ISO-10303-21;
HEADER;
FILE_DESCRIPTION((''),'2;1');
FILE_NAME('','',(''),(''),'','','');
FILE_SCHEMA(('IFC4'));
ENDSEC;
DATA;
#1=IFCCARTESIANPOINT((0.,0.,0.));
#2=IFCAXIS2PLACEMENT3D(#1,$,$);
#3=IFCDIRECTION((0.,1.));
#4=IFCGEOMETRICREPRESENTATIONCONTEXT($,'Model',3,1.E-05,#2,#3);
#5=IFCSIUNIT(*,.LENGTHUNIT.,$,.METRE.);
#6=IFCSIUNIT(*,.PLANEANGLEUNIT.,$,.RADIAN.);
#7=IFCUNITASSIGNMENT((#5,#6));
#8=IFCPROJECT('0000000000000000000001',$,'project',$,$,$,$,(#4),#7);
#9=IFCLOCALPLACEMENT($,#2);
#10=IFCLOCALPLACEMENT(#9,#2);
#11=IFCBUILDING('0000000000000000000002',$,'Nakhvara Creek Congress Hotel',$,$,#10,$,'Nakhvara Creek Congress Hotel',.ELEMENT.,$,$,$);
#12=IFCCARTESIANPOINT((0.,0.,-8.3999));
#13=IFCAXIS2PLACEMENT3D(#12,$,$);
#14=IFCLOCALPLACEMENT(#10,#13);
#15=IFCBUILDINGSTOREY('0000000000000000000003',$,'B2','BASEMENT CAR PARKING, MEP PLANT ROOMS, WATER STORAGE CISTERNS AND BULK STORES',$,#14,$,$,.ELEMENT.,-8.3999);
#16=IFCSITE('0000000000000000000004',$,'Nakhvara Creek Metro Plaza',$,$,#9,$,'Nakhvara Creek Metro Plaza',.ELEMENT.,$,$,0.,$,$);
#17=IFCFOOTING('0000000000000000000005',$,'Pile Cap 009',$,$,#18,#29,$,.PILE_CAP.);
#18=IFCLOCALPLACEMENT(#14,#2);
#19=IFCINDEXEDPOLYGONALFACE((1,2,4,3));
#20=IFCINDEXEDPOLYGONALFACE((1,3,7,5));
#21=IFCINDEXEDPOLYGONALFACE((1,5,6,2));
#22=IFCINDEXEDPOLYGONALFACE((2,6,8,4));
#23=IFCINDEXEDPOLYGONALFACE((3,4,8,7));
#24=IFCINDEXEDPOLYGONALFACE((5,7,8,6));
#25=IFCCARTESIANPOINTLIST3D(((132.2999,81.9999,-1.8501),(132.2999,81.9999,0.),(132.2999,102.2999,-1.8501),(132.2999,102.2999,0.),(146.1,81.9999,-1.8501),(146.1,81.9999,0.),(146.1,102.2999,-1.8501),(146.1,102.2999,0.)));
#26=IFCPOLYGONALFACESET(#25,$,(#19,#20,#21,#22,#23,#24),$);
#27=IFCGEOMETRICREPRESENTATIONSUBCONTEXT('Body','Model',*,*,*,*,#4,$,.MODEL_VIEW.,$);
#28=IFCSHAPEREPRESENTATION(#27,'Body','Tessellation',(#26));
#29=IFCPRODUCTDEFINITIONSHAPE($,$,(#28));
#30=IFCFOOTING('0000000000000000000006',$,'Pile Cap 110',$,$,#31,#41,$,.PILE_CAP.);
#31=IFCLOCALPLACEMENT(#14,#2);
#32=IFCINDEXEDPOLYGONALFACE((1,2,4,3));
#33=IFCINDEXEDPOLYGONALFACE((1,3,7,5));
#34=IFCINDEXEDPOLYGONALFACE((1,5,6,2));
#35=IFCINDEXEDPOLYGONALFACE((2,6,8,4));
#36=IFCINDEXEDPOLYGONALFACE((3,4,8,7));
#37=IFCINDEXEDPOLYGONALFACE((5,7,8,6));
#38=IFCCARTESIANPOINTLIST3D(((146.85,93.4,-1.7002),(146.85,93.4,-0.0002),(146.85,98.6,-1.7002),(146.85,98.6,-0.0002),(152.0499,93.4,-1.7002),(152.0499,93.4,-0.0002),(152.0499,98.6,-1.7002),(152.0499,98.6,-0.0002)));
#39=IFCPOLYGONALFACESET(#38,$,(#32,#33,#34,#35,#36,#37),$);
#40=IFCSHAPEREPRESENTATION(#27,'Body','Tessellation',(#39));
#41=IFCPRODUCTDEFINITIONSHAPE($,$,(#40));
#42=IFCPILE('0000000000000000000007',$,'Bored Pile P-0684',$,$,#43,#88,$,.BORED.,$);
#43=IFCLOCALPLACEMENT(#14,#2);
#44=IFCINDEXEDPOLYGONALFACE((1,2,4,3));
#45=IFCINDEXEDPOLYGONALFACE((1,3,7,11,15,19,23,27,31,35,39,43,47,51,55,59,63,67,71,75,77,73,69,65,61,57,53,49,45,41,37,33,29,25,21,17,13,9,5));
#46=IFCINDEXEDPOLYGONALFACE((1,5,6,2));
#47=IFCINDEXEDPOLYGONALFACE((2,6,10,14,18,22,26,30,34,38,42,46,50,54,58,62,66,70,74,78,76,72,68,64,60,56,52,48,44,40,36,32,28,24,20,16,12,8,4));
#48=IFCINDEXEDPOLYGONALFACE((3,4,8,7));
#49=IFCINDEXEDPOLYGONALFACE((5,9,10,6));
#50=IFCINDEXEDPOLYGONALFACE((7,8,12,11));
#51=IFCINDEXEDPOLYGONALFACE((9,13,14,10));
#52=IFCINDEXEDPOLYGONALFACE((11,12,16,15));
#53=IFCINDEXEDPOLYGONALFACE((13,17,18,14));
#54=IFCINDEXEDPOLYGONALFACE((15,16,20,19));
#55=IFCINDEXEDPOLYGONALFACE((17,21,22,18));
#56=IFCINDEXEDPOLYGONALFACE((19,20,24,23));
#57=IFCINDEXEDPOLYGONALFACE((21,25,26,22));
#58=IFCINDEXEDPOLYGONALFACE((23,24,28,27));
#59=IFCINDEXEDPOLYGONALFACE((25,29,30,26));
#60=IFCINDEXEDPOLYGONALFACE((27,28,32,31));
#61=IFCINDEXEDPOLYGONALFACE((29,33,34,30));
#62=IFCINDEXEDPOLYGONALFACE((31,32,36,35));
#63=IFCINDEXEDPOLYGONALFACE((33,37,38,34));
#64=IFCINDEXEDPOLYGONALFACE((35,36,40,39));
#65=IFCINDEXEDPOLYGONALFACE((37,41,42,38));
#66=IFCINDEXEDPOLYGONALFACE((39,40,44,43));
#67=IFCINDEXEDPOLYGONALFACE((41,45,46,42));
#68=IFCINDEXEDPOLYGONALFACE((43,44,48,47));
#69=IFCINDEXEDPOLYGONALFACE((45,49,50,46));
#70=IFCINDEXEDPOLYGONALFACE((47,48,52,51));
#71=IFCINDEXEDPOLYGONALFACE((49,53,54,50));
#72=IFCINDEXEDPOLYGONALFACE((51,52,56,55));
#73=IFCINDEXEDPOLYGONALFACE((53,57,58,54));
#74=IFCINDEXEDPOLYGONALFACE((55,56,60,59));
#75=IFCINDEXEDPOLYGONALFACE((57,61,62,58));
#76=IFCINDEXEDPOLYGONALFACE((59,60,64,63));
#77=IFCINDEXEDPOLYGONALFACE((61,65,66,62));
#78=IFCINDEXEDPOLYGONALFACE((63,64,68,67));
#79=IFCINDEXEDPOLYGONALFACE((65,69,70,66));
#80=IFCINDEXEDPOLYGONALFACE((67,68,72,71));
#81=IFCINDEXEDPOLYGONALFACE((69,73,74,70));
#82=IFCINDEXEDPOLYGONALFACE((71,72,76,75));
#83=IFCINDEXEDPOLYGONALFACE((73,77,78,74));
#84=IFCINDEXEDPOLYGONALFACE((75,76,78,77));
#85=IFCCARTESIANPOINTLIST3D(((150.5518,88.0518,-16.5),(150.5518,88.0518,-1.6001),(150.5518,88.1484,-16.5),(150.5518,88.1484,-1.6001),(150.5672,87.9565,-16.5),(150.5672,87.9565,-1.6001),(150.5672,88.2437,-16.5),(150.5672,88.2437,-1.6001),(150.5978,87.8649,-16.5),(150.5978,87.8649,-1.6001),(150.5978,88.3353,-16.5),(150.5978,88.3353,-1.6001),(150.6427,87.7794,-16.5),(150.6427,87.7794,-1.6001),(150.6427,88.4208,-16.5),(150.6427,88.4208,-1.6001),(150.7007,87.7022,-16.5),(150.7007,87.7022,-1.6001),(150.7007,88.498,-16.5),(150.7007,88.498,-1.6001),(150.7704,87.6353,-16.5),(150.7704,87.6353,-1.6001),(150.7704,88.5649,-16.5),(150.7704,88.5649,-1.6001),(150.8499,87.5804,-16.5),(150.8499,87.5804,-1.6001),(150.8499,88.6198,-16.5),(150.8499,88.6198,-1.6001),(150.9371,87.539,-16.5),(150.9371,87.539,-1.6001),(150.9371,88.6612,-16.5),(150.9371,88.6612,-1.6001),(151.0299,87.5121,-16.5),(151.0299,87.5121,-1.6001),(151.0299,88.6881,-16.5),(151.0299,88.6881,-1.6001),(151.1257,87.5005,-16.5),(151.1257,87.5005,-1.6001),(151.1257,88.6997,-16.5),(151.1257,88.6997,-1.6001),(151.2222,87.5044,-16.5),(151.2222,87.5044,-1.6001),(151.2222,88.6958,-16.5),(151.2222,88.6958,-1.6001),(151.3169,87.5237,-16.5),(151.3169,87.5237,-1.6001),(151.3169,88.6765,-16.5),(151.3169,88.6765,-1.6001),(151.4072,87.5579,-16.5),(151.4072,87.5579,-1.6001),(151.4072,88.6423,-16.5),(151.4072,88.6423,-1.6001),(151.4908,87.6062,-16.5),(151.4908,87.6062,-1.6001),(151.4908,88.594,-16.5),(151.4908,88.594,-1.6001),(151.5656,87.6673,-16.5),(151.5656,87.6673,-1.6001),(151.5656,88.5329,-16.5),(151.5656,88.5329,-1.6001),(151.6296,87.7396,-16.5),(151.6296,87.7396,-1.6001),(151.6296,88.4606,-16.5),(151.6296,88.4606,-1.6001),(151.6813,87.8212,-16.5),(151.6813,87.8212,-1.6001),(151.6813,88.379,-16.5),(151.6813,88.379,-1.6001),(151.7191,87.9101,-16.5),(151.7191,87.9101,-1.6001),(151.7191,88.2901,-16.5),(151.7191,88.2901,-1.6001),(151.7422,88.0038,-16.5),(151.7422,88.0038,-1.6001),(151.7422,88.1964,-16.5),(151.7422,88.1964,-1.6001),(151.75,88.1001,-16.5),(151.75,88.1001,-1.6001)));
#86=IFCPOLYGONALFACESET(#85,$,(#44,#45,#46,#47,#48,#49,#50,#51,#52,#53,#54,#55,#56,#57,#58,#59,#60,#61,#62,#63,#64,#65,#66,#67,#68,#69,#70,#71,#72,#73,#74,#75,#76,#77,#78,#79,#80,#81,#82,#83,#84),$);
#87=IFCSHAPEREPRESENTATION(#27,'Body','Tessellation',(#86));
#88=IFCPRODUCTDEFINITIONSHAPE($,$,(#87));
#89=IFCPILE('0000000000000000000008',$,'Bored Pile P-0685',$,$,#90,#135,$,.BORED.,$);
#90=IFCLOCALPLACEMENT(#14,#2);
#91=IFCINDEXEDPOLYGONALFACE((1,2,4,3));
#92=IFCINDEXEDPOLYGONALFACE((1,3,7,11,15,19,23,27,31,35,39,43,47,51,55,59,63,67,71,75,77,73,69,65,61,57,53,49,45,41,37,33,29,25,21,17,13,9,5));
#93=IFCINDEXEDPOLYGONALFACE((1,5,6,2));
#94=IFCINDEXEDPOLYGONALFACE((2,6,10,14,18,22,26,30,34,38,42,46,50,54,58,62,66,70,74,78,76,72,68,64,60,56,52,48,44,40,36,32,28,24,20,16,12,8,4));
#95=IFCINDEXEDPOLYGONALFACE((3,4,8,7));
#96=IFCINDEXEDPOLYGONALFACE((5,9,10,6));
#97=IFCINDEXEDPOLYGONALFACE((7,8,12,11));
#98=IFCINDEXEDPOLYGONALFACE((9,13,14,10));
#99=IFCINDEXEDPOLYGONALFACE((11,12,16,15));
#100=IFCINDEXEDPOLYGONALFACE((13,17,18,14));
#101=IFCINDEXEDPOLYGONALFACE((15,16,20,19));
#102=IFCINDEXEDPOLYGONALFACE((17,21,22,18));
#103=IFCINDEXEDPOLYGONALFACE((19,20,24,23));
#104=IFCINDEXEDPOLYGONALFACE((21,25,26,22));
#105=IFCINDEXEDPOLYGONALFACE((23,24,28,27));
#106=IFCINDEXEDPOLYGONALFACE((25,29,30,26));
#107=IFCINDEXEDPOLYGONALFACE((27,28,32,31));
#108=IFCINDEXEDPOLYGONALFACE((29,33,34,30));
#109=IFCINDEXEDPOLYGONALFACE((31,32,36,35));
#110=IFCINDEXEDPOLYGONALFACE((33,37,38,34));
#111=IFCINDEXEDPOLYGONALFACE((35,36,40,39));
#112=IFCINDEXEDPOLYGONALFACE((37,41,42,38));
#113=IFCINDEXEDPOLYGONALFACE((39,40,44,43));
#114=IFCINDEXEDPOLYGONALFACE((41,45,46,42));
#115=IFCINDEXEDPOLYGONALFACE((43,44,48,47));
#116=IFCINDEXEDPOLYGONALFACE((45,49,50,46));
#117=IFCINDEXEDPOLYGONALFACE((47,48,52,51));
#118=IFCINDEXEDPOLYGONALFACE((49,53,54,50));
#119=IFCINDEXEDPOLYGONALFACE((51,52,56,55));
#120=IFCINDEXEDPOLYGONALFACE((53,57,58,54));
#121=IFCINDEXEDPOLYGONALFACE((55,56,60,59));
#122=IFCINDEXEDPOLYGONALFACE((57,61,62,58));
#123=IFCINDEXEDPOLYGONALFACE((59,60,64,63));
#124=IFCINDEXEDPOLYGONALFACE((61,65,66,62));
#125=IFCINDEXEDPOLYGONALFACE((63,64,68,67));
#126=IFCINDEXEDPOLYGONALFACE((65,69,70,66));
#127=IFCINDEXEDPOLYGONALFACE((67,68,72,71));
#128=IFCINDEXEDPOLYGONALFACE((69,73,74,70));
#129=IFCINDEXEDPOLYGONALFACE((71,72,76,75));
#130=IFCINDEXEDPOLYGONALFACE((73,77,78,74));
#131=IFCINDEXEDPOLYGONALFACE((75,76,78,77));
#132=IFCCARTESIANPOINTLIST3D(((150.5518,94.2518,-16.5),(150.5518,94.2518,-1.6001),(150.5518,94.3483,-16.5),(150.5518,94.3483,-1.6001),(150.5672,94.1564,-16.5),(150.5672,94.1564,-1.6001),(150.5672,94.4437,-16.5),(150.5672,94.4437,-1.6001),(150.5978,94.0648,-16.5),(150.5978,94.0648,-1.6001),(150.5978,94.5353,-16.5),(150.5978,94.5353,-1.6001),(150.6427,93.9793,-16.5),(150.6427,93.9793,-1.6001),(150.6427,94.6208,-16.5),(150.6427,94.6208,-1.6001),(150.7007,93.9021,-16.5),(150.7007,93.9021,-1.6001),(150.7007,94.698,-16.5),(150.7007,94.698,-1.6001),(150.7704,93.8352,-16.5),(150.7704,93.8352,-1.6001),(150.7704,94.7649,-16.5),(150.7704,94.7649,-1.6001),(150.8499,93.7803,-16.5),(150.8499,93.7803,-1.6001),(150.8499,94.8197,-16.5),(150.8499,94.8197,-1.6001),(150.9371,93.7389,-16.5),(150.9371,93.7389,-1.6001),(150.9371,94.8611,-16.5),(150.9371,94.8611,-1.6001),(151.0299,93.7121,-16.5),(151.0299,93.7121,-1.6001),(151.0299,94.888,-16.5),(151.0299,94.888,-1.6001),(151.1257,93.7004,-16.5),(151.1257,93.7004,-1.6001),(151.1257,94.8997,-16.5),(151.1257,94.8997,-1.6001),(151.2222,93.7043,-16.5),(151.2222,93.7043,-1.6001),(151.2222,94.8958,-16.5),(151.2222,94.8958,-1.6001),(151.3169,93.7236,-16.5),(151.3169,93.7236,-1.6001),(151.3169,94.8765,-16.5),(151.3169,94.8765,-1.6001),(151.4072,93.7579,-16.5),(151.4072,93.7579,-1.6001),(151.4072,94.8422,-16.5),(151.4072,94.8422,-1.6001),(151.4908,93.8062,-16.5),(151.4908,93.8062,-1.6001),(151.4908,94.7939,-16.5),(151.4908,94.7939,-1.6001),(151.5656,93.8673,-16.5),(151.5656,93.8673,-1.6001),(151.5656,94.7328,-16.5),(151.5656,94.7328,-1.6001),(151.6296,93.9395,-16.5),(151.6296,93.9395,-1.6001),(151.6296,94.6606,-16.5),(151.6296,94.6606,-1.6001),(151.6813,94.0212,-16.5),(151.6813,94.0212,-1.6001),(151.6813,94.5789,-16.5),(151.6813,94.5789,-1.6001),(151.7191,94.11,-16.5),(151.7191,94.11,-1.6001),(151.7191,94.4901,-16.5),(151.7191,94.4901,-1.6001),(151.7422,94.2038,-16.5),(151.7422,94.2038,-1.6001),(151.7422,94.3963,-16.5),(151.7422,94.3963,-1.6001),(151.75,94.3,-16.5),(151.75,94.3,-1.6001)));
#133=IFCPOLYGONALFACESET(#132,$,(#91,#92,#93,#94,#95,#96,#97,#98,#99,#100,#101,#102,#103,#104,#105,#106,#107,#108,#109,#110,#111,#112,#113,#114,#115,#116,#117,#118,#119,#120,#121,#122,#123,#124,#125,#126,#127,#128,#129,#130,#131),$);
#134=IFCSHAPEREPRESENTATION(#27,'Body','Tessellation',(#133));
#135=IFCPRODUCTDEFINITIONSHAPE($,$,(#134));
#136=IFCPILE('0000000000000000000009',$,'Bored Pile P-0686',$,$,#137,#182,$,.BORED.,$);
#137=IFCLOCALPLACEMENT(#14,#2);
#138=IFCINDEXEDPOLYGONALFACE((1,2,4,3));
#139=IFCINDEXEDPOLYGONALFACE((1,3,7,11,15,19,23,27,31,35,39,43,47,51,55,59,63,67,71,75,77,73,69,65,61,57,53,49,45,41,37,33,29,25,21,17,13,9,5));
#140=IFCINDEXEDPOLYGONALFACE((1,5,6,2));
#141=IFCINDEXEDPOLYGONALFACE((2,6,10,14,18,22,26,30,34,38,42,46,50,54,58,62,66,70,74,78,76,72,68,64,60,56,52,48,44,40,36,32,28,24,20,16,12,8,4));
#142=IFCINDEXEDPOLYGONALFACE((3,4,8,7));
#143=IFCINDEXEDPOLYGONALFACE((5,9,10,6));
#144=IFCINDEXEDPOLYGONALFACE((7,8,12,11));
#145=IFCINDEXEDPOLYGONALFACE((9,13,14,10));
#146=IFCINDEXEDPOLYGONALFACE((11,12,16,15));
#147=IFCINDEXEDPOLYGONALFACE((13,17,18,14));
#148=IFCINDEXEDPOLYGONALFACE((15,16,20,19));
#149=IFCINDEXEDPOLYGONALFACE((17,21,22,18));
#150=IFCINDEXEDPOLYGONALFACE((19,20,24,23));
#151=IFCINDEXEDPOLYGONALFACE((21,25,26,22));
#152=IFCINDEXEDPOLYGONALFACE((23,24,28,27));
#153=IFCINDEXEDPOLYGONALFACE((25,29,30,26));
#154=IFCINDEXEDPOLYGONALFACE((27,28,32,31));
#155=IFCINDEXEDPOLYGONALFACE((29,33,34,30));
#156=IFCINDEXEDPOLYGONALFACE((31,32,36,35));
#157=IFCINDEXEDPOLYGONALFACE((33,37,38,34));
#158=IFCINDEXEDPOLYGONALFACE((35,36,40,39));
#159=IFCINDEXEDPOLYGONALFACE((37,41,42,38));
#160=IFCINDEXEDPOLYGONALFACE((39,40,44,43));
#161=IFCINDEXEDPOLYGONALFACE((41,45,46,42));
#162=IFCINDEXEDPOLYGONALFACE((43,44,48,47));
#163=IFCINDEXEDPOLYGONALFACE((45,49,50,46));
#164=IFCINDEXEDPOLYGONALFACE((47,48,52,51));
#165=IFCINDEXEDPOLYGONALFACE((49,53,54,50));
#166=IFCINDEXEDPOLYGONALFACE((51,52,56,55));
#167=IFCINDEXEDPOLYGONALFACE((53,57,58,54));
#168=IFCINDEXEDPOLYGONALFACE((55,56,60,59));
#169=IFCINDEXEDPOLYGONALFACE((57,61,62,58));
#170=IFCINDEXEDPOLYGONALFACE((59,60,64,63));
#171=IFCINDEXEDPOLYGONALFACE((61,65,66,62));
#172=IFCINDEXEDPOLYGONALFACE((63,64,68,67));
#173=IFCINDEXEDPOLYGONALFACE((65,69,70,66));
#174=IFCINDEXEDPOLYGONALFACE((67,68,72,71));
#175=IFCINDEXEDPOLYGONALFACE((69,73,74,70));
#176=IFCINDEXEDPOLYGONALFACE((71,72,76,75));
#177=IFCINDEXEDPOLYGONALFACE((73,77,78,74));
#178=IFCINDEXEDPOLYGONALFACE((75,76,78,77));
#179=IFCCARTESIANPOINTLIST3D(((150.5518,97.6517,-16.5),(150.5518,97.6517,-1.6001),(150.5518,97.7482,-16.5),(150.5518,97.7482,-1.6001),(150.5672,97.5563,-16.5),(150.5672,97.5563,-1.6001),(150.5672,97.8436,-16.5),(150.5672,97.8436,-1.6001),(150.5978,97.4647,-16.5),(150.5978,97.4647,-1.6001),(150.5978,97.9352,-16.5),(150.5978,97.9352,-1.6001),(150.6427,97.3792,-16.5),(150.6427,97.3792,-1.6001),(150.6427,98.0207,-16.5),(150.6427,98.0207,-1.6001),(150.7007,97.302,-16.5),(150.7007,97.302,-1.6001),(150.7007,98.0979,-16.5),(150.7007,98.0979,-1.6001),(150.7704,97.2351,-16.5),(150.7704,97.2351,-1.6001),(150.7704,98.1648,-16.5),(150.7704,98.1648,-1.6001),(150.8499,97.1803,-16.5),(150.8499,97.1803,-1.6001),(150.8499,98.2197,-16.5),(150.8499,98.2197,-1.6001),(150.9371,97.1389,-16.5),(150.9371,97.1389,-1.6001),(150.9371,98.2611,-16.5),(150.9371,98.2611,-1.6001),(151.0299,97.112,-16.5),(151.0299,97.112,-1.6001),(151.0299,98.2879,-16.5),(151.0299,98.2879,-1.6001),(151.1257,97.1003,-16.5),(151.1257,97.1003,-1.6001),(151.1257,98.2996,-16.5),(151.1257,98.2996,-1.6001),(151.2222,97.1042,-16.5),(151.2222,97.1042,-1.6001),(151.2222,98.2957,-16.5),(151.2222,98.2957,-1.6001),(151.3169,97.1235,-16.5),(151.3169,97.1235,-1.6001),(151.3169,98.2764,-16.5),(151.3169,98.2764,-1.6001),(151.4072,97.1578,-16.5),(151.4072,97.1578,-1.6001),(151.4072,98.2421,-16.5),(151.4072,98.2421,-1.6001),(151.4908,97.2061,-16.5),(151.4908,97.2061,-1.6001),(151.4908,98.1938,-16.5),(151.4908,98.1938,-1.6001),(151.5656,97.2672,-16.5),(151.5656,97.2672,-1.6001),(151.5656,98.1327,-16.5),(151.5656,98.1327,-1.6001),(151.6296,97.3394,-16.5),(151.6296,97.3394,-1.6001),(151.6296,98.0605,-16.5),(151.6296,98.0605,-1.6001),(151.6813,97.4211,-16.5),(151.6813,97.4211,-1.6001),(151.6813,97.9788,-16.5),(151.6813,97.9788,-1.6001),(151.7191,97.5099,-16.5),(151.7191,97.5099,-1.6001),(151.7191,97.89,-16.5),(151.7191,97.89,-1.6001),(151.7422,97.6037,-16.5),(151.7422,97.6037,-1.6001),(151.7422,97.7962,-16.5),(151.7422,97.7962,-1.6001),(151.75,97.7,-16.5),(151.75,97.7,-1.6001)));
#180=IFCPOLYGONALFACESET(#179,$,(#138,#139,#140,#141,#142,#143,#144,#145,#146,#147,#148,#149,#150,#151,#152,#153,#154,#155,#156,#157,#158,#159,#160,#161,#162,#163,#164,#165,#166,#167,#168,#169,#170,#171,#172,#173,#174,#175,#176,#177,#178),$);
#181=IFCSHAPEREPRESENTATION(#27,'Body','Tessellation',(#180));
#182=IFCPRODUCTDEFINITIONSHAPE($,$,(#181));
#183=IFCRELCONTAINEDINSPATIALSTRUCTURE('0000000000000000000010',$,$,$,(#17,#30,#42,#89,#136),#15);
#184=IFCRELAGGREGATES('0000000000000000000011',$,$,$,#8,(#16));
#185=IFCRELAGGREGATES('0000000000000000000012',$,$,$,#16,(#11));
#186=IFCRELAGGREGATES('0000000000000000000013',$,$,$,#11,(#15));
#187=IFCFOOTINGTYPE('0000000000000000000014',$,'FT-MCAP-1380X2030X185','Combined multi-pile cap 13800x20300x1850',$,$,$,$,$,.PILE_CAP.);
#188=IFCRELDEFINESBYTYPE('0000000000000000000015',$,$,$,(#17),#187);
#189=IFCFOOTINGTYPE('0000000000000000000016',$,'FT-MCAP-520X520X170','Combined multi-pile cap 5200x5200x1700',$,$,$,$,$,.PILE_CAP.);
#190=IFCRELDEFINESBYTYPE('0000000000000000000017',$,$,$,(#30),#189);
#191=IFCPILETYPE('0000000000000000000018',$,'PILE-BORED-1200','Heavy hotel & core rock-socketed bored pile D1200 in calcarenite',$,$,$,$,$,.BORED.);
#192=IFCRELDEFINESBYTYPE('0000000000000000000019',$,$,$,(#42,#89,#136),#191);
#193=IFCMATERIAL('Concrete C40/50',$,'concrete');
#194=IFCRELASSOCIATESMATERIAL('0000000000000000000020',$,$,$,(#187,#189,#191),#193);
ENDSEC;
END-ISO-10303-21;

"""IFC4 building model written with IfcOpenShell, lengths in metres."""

from ifc_helpers import new_model, si_unit, direction, frame, origin, origin_2d, place, context, subcontext, project, spatial, rectangle, circle, extrude, material, material_profile, profile_set, type_object, element, save


model = new_model("IFC4")

# Units and contexts
model_context = context("Model", 3, precision=1e-05, world=origin(), true_north=direction((0.0, 1.0)))
body_context = subcontext(model_context, "Body", "Model", "MODEL_VIEW")
ifc_project = project(units=[si_unit("LENGTHUNIT", "METRE"), si_unit("PLANEANGLEUNIT", "RADIAN")], contexts=[model_context])

# Site, building, storey
site_placement = place(None, origin())
site = spatial("IfcSite", under=ifc_project, at=site_placement, Name="Nakhvara Creek Metro Plaza", LongName="Nakhvara Creek Metro Plaza", CompositionType="ELEMENT", RefElevation=0.0)
building_placement = place(site_placement, origin())
building = spatial("IfcBuilding", under=site, at=building_placement, Name="Nakhvara Creek Congress Hotel", LongName="Nakhvara Creek Congress Hotel", CompositionType="ELEMENT")
storey_placement = place(building_placement, frame((0.0, 0.0, -8.3999)))
storey = spatial("IfcBuildingStorey", under=building, at=storey_placement, Name="B2", Description="BASEMENT CAR PARKING, MEP PLANT ROOMS, WATER STORAGE CISTERNS AND BULK STORES", CompositionType="ELEMENT", Elevation=-8.3999)

# Footings
ifc_material_1 = material(Name="Concrete C40/50", Category="concrete")
footing_type_1 = type_object("IfcFootingType", Name="FT-MCAP-1380X2030X185", Description="Combined multi-pile cap 13800x20300x1850", PredefinedType="PILE_CAP", material=ifc_material_1)
footing_1_placement = place(storey_placement, frame((139.2, 92.1499, -1.8501), z_axis=(0.0, 0.0, 1.0), x_axis=(1.0, 0.0, 0.0)))
element("IfcFooting", 1, at=footing_1_placement, inside=storey, type_object=footing_type_1, Name="Pile Cap 009", PredefinedType="PILE_CAP", context=body_context, shape_type="SweptSolid", body=[
    extrude(rectangle(XDim=13.8, YDim=20.3, at=origin_2d()), origin(), (0.0, 0.0, 1.0), 1.8501),
])
footing_type_2 = type_object("IfcFootingType", Name="FT-MCAP-520X520X170", Description="Combined multi-pile cap 5200x5200x1700", PredefinedType="PILE_CAP", material=ifc_material_1)
footing_2_placement = place(storey_placement, frame((149.45, 96.0, -1.7002), z_axis=(0.0, 0.0, 1.0), x_axis=(1.0, 0.0, 0.0)))
element("IfcFooting", 2, at=footing_2_placement, inside=storey, type_object=footing_type_2, Name="Pile Cap 110", PredefinedType="PILE_CAP", context=body_context, shape_type="SweptSolid", body=[
    extrude(rectangle(XDim=5.2, YDim=5.2, at=origin_2d()), origin(), (0.0, 0.0, 1.0), 1.7),
])

# Piles
ifc_material_profile_1 = material_profile(ifc_material_1, circle(Radius=0.6001, at=origin_2d()), Name="BORED PILE D1200", Category="LoadBearing")
ifc_profile_set_1 = profile_set([ifc_material_profile_1], Name="Concrete C40/50")
pile_type_1 = type_object("IfcPileType", Name="PILE-BORED-1200", Description="Heavy hotel & core rock-socketed bored pile D1200 in calcarenite", PredefinedType="BORED", material=ifc_profile_set_1)
for number, where, z_axis, x_axis, name in (
    (3, (151.1499, 88.1001, -1.6001), (0.0, 0.0, -1.0), (1.0, 0.0, 0.0), "Bored Pile P-0684"),
    (4, (151.1499, 94.3, -1.6001), (0.0, 0.0, -1.0), (1.0, 0.0, 0.0), "Bored Pile P-0685"),
    (5, (151.1499, 97.7, -1.6001), (0.0, 0.0, -1.0), (1.0, 0.0, 0.0), "Bored Pile P-0686"),
):
    element("IfcPile", number, at=place(storey_placement, frame(where, z_axis=z_axis, x_axis=x_axis)), inside=storey, type_object=pile_type_1, Name=name, PredefinedType="BORED", context=body_context, shape_type="SweptSolid", body=[
        extrude(circle(Radius=0.6001, at=origin_2d()), origin(), (0.0, 0.0, 1.0), 14.8999),
    ])

save(model, "model.ifc")
